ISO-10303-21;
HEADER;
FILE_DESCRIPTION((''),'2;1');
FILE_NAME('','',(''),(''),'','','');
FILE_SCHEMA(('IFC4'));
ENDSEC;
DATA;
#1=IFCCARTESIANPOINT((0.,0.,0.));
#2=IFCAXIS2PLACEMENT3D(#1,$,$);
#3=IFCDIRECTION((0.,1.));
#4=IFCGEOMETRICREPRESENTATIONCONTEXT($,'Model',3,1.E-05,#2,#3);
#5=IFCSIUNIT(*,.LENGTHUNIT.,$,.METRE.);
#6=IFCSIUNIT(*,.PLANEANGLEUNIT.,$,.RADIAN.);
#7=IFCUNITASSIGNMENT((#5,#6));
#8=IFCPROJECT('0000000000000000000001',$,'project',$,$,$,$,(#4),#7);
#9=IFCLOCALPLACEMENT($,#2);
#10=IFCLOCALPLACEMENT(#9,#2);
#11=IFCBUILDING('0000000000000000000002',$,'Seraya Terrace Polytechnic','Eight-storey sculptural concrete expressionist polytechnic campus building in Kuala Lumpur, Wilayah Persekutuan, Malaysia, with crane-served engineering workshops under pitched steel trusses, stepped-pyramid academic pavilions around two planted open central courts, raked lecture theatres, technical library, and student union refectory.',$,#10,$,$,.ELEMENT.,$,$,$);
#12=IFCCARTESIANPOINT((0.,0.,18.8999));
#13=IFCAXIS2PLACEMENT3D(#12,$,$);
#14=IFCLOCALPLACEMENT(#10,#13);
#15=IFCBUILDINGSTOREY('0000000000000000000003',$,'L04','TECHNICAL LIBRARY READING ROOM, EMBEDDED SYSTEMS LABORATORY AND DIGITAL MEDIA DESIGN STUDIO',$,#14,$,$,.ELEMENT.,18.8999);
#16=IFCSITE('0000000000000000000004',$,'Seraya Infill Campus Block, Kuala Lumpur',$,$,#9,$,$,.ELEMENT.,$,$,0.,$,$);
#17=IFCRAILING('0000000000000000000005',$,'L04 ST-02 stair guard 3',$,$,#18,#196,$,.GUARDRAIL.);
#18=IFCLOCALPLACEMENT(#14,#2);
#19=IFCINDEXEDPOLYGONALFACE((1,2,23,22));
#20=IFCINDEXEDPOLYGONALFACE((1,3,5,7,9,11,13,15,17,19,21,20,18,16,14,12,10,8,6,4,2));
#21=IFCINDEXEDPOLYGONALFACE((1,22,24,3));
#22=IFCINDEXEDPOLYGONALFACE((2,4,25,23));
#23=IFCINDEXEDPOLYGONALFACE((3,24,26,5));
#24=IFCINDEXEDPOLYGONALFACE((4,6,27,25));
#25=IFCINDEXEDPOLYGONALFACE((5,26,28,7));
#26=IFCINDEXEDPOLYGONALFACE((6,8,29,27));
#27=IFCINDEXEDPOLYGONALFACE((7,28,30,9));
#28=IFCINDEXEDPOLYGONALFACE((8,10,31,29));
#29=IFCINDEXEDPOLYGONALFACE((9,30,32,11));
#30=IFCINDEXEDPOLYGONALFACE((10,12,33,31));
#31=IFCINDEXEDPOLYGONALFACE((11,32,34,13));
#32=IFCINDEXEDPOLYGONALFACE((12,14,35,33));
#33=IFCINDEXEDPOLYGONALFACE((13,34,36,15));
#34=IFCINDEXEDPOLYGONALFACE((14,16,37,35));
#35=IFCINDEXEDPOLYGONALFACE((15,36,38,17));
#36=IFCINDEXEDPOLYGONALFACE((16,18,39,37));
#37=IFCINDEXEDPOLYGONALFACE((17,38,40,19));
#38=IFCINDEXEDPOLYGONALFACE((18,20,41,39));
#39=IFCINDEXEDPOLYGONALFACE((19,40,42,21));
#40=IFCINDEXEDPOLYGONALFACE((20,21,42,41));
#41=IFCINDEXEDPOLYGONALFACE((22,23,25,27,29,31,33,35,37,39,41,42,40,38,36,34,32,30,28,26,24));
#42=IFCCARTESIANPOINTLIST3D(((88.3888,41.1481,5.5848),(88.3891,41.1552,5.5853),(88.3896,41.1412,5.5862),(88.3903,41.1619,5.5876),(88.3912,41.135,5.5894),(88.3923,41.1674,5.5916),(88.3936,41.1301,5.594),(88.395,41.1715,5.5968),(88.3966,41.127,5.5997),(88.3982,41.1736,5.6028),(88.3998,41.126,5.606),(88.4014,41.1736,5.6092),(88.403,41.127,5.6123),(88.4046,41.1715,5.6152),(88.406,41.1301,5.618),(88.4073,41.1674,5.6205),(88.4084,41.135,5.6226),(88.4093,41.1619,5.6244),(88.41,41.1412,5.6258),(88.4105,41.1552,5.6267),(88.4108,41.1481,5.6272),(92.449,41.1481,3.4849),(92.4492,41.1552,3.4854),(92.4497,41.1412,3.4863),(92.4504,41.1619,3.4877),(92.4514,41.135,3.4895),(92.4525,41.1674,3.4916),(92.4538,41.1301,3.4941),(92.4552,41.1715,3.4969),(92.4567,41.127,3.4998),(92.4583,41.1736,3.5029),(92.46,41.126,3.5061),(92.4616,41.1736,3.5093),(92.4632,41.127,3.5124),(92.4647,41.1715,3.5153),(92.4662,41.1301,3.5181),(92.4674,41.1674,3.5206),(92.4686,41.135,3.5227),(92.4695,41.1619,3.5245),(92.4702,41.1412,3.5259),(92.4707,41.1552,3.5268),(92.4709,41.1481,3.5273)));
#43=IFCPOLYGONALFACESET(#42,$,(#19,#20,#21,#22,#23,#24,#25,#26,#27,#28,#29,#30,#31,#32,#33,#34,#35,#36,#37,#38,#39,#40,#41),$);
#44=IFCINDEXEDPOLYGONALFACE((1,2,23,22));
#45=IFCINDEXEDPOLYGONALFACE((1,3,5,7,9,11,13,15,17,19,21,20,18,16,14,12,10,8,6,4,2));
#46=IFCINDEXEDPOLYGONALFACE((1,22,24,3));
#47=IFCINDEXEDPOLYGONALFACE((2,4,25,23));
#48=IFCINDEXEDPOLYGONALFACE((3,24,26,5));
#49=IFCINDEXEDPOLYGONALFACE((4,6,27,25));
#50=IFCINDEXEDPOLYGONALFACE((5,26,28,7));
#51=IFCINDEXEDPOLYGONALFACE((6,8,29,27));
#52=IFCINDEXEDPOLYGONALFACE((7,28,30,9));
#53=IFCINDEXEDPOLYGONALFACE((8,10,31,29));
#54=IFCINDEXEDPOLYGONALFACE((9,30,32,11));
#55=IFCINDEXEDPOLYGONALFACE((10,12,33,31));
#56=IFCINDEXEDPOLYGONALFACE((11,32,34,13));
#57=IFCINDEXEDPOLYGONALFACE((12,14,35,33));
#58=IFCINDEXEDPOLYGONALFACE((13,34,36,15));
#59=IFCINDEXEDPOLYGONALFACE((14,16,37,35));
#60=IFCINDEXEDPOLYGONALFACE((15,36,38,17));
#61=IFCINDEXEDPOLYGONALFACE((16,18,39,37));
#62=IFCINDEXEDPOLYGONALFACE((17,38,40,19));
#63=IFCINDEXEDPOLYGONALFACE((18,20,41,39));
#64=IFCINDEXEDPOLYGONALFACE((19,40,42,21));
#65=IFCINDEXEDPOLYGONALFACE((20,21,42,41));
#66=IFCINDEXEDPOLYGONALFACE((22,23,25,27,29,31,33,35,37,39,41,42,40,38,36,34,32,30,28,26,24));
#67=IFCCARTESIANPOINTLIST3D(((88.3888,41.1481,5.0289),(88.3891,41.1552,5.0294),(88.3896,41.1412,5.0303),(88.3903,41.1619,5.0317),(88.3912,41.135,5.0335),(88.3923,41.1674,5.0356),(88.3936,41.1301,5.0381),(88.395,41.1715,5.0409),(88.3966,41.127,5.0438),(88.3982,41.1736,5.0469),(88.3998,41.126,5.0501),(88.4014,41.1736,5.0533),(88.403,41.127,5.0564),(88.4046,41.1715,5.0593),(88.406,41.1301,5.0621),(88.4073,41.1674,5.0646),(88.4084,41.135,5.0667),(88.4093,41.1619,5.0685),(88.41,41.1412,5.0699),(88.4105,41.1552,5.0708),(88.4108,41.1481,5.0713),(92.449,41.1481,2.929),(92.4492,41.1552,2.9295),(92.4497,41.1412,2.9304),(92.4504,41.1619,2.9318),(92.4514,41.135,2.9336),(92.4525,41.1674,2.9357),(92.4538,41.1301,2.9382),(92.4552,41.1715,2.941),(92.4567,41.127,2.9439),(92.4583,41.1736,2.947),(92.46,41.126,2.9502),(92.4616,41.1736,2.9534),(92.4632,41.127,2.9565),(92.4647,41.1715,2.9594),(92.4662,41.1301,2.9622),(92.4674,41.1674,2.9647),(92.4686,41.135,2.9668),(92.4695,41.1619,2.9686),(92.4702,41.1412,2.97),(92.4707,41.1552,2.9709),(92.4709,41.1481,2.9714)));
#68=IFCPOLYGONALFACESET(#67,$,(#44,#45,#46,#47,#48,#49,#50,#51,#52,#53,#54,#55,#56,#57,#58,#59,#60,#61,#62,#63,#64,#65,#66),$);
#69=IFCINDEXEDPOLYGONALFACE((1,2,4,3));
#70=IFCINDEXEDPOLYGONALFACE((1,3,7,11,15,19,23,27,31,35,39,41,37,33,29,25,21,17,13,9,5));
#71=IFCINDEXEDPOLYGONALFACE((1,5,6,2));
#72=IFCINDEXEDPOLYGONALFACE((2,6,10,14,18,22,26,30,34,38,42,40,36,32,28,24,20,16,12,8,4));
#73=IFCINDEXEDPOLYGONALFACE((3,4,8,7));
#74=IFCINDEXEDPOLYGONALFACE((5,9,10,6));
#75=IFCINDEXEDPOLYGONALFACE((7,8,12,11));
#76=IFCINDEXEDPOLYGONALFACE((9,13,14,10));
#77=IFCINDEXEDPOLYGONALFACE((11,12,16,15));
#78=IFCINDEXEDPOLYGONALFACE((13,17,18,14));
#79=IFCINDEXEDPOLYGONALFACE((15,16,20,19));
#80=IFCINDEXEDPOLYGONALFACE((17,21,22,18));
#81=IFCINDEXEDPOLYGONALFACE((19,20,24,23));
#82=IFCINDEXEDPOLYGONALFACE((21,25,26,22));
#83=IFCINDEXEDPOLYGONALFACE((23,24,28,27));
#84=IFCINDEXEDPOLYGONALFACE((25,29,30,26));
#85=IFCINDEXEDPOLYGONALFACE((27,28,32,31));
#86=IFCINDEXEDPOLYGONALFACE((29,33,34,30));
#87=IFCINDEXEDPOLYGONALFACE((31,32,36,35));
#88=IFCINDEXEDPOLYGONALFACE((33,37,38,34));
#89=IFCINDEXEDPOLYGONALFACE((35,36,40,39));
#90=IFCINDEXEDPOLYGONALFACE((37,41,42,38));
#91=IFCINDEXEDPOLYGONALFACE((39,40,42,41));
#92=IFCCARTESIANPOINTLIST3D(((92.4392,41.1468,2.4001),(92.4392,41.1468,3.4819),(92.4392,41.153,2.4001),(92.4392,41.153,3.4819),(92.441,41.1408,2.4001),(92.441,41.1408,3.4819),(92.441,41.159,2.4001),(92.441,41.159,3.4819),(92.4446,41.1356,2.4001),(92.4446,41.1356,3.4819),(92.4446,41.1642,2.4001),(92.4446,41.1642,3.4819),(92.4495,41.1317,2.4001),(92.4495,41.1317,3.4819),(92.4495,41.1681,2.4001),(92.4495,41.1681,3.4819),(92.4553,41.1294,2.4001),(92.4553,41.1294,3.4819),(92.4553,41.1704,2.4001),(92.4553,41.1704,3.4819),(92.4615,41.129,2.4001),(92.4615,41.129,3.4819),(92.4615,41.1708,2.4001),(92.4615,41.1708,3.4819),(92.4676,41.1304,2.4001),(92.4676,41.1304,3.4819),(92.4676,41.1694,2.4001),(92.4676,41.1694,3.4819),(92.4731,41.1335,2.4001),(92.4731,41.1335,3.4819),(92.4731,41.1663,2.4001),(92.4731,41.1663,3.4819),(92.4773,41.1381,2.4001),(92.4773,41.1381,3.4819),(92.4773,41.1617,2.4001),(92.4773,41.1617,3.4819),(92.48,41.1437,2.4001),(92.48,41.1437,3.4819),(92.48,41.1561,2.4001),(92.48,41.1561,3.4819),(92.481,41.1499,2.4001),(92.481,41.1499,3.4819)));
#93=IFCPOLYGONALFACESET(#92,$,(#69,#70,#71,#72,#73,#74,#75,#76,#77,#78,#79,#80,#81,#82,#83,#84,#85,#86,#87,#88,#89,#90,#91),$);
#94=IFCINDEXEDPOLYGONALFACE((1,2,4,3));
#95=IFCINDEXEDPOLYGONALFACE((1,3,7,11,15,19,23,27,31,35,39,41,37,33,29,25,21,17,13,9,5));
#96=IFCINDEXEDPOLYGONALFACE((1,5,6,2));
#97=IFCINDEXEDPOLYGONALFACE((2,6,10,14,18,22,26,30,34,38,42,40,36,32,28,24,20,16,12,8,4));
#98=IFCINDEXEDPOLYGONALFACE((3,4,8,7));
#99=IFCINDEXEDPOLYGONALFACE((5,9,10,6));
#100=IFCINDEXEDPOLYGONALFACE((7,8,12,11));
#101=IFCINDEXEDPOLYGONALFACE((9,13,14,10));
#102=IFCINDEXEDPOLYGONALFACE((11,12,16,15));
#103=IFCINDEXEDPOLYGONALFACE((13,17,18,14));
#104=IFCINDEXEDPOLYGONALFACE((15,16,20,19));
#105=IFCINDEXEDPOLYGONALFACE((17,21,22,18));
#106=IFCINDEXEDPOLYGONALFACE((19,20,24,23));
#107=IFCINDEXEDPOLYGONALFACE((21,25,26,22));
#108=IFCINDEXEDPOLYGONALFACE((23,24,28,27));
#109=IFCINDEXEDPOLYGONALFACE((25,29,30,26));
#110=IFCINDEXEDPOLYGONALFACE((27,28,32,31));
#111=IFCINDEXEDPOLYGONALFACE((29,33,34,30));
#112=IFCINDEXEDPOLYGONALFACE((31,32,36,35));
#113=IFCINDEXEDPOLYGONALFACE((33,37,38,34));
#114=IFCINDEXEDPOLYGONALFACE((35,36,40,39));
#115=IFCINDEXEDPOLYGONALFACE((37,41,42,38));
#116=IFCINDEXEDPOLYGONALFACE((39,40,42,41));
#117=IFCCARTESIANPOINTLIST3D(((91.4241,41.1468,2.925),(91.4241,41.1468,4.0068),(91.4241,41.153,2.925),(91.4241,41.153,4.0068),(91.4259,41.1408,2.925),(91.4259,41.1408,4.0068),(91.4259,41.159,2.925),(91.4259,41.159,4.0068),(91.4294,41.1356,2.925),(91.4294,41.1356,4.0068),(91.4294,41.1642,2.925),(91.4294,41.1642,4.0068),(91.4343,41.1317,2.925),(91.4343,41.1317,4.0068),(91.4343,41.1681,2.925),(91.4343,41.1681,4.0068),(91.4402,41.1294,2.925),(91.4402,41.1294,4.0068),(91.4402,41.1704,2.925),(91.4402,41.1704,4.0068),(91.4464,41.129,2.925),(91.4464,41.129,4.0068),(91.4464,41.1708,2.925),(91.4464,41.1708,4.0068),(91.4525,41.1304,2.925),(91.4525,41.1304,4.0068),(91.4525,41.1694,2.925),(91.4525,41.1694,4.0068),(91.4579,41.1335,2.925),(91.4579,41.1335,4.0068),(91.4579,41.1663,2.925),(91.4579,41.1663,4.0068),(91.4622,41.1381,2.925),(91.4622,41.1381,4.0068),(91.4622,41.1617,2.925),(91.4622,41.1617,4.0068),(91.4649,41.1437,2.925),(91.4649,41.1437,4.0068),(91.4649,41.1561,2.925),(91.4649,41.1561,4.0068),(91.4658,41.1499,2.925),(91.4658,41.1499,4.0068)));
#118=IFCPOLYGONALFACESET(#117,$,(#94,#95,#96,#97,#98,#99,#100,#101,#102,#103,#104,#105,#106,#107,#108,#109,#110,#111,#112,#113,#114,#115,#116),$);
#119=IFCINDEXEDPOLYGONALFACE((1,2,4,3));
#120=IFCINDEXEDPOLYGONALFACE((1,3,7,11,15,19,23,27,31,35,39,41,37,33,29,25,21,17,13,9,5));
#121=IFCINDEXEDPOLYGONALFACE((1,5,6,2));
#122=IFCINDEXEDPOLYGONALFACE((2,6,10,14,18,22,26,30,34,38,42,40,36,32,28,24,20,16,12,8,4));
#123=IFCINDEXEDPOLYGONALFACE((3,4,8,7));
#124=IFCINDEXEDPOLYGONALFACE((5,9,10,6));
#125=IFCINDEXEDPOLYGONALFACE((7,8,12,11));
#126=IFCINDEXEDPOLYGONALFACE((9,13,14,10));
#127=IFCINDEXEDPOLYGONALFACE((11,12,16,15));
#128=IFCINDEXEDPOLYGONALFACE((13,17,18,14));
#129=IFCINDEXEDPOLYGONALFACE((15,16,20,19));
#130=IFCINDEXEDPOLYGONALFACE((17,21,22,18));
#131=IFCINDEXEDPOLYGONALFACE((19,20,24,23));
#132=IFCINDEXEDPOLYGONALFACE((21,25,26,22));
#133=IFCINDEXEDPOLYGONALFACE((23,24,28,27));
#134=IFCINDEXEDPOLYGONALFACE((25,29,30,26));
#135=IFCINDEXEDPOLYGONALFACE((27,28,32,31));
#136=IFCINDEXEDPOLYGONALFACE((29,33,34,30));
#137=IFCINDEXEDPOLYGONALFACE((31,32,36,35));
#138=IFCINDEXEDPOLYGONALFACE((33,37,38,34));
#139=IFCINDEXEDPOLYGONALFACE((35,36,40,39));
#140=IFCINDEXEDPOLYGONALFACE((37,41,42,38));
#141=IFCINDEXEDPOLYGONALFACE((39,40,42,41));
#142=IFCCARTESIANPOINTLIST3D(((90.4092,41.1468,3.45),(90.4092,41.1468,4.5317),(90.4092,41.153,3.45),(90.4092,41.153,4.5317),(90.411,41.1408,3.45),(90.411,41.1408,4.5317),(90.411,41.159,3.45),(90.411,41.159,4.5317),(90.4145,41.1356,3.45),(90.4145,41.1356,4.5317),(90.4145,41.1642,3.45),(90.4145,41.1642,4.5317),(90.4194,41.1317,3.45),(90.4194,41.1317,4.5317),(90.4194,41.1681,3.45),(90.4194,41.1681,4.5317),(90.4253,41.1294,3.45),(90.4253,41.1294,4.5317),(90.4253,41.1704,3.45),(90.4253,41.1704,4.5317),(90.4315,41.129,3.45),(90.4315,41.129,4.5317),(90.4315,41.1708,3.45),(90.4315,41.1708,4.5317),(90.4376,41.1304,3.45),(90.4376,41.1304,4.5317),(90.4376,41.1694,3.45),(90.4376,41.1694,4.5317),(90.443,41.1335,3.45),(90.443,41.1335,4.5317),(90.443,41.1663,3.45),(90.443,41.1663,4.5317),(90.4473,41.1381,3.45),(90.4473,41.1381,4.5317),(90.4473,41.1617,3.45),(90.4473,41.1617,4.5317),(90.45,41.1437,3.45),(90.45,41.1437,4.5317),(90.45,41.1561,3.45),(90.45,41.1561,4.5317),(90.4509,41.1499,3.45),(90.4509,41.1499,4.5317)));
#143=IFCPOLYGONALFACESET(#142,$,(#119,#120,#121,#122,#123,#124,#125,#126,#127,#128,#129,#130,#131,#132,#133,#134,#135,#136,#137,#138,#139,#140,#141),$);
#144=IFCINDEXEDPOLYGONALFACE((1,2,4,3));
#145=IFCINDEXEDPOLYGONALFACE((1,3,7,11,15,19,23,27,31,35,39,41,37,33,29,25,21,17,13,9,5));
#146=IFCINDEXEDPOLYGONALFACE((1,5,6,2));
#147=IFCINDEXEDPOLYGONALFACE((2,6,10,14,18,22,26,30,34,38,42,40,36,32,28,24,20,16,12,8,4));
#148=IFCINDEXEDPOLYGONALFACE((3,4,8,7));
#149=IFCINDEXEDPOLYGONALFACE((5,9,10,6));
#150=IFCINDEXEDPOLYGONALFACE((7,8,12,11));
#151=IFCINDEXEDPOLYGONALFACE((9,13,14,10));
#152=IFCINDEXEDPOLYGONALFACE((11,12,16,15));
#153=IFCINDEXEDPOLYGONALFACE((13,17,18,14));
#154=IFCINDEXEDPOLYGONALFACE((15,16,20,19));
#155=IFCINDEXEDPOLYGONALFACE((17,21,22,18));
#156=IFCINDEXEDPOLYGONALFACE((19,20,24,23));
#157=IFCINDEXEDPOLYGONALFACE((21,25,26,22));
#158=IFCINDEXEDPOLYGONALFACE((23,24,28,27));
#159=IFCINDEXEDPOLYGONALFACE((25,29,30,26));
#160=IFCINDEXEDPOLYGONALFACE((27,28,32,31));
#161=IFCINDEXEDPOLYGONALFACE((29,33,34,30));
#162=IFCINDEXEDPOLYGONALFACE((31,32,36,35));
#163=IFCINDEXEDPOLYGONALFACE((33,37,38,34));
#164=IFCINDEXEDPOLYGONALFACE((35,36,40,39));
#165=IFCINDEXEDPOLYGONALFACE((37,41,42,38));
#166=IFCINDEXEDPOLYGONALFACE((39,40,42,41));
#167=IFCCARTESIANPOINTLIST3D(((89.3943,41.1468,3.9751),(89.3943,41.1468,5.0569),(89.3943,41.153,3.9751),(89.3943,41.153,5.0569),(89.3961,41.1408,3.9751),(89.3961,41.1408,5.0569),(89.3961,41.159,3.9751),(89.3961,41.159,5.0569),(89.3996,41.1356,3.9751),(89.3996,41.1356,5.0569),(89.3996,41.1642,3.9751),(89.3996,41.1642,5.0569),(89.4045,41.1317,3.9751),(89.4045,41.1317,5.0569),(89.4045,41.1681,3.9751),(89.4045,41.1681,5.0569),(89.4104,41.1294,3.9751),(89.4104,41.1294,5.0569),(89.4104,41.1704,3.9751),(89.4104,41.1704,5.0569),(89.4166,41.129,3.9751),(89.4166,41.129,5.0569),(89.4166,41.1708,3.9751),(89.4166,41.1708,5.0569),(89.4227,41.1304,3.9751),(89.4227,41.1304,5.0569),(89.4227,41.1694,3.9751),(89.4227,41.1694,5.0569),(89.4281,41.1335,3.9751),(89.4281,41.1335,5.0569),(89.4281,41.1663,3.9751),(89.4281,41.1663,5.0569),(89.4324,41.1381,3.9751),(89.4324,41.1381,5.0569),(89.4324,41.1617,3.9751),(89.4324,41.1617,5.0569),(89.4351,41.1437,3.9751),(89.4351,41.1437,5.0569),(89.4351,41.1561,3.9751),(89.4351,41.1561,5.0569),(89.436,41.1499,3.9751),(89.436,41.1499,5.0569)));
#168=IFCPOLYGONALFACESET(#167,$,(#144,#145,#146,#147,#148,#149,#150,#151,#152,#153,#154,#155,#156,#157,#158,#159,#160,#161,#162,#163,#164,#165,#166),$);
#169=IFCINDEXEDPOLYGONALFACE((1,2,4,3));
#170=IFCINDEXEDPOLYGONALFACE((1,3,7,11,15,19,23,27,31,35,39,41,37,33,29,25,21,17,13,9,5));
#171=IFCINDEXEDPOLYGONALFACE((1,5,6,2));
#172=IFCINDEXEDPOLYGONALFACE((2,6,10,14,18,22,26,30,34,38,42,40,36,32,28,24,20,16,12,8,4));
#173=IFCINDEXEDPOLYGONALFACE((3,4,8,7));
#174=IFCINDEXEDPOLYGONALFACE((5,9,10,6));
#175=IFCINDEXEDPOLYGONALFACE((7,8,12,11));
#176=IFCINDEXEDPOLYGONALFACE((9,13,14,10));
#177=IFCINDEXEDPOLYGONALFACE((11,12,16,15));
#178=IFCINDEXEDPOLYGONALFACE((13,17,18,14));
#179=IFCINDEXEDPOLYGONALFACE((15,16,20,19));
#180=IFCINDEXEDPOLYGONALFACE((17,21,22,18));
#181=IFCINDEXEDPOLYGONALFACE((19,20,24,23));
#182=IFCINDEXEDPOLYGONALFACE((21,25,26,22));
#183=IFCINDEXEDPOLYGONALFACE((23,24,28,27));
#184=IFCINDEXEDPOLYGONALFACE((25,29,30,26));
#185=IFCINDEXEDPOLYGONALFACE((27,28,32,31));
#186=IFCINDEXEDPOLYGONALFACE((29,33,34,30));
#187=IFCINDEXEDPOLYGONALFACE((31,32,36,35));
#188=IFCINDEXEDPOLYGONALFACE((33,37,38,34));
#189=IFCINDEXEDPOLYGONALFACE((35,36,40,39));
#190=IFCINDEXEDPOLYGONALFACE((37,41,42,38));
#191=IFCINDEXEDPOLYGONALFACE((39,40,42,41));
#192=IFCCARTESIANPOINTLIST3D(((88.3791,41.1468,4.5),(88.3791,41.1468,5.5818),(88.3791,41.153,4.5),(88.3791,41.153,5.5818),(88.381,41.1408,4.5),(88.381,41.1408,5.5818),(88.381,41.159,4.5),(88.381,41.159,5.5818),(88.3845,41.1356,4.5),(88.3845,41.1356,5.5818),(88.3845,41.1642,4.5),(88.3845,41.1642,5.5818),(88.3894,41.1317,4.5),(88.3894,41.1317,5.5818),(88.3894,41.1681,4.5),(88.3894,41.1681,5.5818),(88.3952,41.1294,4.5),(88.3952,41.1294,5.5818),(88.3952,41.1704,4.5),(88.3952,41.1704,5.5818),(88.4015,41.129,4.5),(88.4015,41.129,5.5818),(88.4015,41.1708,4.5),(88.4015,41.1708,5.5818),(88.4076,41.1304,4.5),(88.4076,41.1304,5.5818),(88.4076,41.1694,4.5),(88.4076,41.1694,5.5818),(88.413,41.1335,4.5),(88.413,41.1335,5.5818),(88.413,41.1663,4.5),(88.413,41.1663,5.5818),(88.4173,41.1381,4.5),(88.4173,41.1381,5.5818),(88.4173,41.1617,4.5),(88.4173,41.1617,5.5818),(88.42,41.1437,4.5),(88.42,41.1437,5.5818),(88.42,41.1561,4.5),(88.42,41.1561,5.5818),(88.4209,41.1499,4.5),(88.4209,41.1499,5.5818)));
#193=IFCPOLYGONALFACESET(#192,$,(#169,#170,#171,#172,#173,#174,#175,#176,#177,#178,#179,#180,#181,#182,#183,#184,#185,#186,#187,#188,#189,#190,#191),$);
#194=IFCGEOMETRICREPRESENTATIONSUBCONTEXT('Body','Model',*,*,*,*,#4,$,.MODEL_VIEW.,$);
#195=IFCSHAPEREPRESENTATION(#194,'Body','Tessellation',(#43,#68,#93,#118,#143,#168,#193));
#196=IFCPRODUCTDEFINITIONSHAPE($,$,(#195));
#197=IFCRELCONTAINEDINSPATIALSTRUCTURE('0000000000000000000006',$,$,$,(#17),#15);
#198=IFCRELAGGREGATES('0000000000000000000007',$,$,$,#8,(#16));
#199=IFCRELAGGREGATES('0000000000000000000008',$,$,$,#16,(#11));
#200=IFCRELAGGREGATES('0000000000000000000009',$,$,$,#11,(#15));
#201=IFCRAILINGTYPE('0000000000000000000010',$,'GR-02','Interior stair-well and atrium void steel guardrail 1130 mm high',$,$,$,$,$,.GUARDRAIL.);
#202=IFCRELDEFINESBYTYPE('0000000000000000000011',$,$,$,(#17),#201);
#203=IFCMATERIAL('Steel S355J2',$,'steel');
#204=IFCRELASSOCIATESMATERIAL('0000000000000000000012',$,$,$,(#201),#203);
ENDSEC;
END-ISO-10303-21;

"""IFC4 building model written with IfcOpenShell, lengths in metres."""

from ifc_helpers import new_model, si_unit, direction, frame, origin, origin_2d, place, context, subcontext, project, spatial, circle, extrude, material, type_object, element, save


model = new_model("IFC4")

# Units and contexts
model_context = context("Model", 3, precision=1e-05, world=origin(), true_north=direction((0.0, 1.0)))
body_context = subcontext(model_context, "Body", "Model", "MODEL_VIEW")
ifc_project = project(units=[si_unit("LENGTHUNIT", "METRE"), si_unit("PLANEANGLEUNIT", "RADIAN")], contexts=[model_context])

# Site, building, storey
site_placement = place(None, origin())
site = spatial("IfcSite", under=ifc_project, at=site_placement, Name="Seraya Infill Campus Block, Kuala Lumpur", CompositionType="ELEMENT", RefElevation=0.0)
building_placement = place(site_placement, origin())
building = spatial("IfcBuilding", under=site, at=building_placement, Name="Seraya Terrace Polytechnic", Description="Eight-storey sculptural concrete expressionist polytechnic campus building in Kuala Lumpur, Wilayah Persekutuan, Malaysia, with crane-served engineering workshops under pitched steel trusses, stepped-pyramid academic pavilions around two planted open central courts, raked lecture theatres, technical library, and student union refectory.", CompositionType="ELEMENT")
storey_placement = place(building_placement, frame((0.0, 0.0, 18.8999)))
storey = spatial("IfcBuildingStorey", under=building, at=storey_placement, Name="L04", Description="TECHNICAL LIBRARY READING ROOM, EMBEDDED SYSTEMS LABORATORY AND DIGITAL MEDIA DESIGN STUDIO", CompositionType="ELEMENT", Elevation=18.8999)

# Railing
ifc_material_1 = material(Name="Steel S355J2", Category="steel")
railing_type_1 = type_object("IfcRailingType", Name="GR-02", Description="Interior stair-well and atrium void steel guardrail 1130 mm high", PredefinedType="GUARDRAIL", material=ifc_material_1)
railing_1_placement = place(storey_placement, frame((92.46, 41.1499, 2.4001)))
element("IfcRailing", 1, at=railing_1_placement, inside=storey, type_object=railing_type_1, Name="L04 ST-02 stair guard 3", PredefinedType="GUARDRAIL", context=body_context, shape_type="SweptSolid", body=[
    extrude(circle(Radius=0.0239, at=origin_2d()), frame((0.0, 0.0, 1.106), z_axis=(-0.888233, 0.0, 0.459392), x_axis=(0.0, -1.0, 0.0)), (0.0, 0.0, 1.0), 4.571),
    extrude(circle(Radius=0.0239, at=origin_2d()), frame((0.0, 0.0, 0.55), z_axis=(-0.888233, 0.0, 0.459392), x_axis=(0.0, -1.0, 0.0)), (0.0, 0.0, 1.0), 4.571),
    extrude(circle(Radius=0.021, at=origin_2d()), origin(), (0.0, 0.0, 1.0), 1.0818),
    extrude(circle(Radius=0.021, at=origin_2d()), frame((-1.0151, 0.0, 0.5249)), (0.0, 0.0, 1.0), 1.0818),
    extrude(circle(Radius=0.021, at=origin_2d()), frame((-2.03, 0.0, 1.0498)), (0.0, 0.0, 1.0), 1.0818),
    extrude(circle(Radius=0.021, at=origin_2d()), frame((-3.0449, 0.0, 1.575)), (0.0, 0.0, 1.0), 1.0818),
    extrude(circle(Radius=0.021, at=origin_2d()), frame((-4.0601, 0.0, 2.0999)), (0.0, 0.0, 1.0), 1.0818),
])

save(model, "model.ifc")
